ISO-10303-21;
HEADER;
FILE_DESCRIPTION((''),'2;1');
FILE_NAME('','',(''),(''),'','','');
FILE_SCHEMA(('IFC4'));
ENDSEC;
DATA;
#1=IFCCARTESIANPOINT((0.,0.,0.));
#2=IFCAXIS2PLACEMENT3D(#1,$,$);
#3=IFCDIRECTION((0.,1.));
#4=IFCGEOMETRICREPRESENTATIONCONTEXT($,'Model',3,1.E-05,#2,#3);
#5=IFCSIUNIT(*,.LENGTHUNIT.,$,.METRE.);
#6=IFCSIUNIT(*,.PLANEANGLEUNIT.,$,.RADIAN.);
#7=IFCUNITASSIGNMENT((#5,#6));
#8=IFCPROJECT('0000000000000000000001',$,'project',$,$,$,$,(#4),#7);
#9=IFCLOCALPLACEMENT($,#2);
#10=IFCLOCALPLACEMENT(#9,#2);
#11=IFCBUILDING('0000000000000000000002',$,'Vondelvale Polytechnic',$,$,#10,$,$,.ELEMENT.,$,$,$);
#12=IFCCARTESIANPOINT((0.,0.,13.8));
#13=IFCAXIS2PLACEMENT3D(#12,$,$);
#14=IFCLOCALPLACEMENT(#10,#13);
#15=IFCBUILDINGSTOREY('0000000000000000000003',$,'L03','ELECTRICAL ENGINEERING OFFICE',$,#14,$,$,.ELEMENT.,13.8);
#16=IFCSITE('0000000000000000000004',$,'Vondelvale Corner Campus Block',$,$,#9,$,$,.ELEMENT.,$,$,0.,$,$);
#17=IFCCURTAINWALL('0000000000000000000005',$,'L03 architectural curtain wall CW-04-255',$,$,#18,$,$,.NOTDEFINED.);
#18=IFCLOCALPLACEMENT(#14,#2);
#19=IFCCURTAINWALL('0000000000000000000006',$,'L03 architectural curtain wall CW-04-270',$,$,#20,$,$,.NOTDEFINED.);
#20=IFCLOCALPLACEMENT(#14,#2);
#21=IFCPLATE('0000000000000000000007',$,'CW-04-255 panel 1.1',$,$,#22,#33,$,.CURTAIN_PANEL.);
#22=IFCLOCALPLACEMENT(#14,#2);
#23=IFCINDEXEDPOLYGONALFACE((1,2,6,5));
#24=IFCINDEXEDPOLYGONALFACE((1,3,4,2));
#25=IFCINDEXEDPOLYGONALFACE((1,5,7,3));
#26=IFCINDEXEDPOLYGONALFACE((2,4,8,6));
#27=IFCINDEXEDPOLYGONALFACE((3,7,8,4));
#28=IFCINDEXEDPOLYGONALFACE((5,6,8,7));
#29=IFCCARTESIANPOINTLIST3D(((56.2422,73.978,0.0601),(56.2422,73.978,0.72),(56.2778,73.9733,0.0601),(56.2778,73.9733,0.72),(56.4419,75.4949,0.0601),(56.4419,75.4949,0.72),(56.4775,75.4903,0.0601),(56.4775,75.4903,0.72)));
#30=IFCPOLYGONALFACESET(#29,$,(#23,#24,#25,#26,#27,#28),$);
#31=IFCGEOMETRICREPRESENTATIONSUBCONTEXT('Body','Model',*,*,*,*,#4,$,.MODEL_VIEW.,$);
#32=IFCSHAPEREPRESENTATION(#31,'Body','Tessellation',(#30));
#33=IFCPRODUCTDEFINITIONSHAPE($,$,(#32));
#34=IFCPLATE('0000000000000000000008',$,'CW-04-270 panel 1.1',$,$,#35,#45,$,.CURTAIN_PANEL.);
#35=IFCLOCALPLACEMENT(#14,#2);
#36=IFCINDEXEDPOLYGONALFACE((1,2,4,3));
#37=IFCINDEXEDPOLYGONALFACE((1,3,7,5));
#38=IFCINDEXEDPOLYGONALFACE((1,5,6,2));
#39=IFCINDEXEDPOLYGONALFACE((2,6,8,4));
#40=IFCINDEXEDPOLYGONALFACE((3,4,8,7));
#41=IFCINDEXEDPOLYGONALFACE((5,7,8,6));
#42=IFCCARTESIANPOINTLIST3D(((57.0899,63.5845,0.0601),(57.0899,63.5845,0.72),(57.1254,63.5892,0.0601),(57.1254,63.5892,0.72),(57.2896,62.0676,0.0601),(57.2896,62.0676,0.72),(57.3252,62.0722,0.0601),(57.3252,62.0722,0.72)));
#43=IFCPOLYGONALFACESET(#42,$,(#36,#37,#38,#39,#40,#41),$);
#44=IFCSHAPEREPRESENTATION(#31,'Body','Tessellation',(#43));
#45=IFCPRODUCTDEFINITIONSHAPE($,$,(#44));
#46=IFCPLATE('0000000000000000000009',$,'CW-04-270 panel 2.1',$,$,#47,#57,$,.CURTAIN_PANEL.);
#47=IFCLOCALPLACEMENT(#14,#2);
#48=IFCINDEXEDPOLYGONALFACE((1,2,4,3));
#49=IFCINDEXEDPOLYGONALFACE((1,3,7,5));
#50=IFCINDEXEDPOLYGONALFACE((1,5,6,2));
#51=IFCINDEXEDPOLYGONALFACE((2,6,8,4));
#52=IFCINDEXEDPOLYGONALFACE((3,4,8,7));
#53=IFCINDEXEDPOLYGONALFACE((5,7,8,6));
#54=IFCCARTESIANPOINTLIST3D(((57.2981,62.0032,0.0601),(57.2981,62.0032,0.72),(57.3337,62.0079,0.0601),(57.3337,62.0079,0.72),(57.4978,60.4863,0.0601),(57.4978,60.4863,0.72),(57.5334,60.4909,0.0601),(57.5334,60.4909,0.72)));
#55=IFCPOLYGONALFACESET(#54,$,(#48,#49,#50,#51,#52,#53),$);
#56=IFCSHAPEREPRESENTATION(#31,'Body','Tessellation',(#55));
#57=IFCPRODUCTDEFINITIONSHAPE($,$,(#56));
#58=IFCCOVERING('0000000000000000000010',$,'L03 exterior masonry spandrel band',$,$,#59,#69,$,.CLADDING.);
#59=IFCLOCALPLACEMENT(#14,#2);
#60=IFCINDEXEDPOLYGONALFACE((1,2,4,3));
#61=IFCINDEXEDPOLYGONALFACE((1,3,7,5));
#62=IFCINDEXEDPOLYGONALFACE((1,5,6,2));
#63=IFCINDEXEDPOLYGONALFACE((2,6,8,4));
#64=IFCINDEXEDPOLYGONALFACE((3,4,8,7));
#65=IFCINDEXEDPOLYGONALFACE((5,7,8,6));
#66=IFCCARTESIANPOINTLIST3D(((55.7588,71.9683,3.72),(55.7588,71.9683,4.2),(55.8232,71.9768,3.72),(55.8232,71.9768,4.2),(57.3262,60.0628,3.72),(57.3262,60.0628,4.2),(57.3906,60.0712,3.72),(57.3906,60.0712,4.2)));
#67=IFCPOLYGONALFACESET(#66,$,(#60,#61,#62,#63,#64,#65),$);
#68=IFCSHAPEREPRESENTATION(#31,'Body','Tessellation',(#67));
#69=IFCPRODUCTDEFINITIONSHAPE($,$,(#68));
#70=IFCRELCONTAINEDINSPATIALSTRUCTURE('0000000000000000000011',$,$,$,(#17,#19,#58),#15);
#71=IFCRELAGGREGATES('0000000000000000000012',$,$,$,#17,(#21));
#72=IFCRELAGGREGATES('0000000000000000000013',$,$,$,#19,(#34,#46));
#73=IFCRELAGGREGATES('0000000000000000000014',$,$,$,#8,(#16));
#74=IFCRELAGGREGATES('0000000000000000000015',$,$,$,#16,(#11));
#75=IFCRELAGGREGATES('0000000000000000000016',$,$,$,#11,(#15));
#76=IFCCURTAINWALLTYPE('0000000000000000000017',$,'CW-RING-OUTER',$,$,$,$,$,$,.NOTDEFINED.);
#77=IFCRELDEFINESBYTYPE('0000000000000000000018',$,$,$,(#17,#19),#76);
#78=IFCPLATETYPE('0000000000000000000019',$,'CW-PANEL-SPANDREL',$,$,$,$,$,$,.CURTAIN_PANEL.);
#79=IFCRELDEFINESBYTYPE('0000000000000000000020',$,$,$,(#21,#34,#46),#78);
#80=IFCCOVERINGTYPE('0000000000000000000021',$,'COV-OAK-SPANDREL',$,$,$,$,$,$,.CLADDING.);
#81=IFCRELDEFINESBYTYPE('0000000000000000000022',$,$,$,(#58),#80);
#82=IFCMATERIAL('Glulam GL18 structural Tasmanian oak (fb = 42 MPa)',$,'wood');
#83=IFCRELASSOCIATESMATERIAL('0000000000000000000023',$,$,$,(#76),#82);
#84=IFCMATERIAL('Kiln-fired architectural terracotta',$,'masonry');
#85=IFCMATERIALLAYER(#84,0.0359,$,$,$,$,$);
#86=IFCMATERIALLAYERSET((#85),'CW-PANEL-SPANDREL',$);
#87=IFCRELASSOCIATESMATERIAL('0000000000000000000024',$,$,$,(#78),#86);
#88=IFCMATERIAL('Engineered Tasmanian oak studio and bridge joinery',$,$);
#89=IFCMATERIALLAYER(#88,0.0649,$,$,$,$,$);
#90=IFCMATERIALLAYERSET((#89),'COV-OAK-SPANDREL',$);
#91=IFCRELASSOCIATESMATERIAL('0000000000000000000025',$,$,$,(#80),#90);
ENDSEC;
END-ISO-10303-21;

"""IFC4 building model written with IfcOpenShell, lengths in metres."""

from ifc_helpers import new_model, si_unit, direction, frame, origin, origin_2d, place, context, subcontext, project, spatial, rectangle, extrude, material, layer, layer_set, type_object, element, aggregate, save


model = new_model("IFC4")

# Units and contexts
model_context = context("Model", 3, precision=1e-05, world=origin(), true_north=direction((0.0, 1.0)))
body_context = subcontext(model_context, "Body", "Model", "MODEL_VIEW")
ifc_project = project(units=[si_unit("LENGTHUNIT", "METRE"), si_unit("PLANEANGLEUNIT", "RADIAN")], contexts=[model_context])

# Site, building, storey
site_placement = place(None, origin())
site = spatial("IfcSite", under=ifc_project, at=site_placement, Name="Vondelvale Corner Campus Block", CompositionType="ELEMENT", RefElevation=0.0)
building_placement = place(site_placement, origin())
building = spatial("IfcBuilding", under=site, at=building_placement, Name="Vondelvale Polytechnic", CompositionType="ELEMENT")
storey_placement = place(building_placement, frame((0.0, 0.0, 13.8)))
storey = spatial("IfcBuildingStorey", under=building, at=storey_placement, Name="L03", Description="ELECTRICAL ENGINEERING OFFICE", CompositionType="ELEMENT", Elevation=13.8)

# Shared definitions
ifc_material_1 = material(Name="Glulam GL18 structural Tasmanian oak (fb = 42 MPa)", Category="wood")

# Curtain wall
curtain_wall_type = type_object("IfcCurtainWallType", Name="CW-RING-OUTER", PredefinedType="NOTDEFINED", material=ifc_material_1)
curtain_wall_1_placement = place(storey_placement, origin())
curtain_wall_1 = element("IfcCurtainWall", 1, at=curtain_wall_1_placement, inside=storey, type_object=curtain_wall_type, Name="L03 architectural curtain wall CW-04-255", PredefinedType="NOTDEFINED")

# Curtain wall
curtain_wall_2_placement = place(storey_placement, origin())
curtain_wall_2 = element("IfcCurtainWall", 2, at=curtain_wall_2_placement, inside=storey, type_object=curtain_wall_type, Name="L03 architectural curtain wall CW-04-270", PredefinedType="NOTDEFINED")

# Plates
ifc_material_2 = material(Name="Engineered Tasmanian oak studio and bridge joinery")
ifc_material_3 = material(Name="Kiln-fired architectural terracotta", Category="masonry")
ifc_layer_1 = layer(ifc_material_3, 0.0359)
ifc_layer_set_1 = layer_set([ifc_layer_1], Name="CW-PANEL-SPANDREL")
plate_type_1 = type_object("IfcPlateType", Name="CW-PANEL-SPANDREL", PredefinedType="CURTAIN_PANEL", material=ifc_layer_set_1)
plate_1_placement = place(storey_placement, frame((56.3599, 74.7341, 0.0601), z_axis=(0.0, 0.0, 1.0), x_axis=(-0.13054, -0.991443, 0.0)))
plate_1 = element("IfcPlate", 3, at=plate_1_placement, type_object=plate_type_1, Name="CW-04-255 panel 1.1", PredefinedType="CURTAIN_PANEL", context=body_context, shape_type="SweptSolid", body=[
    extrude(rectangle(XDim=1.53, YDim=0.0359, at=origin_2d()), origin(), (0.0, 0.0, 1.0), 0.6599),
])
aggregate(curtain_wall_1, [plate_1])
plate_2_placement = place(storey_placement, frame((57.2075, 62.8284, 0.0601), z_axis=(0.0, 0.0, 1.0), x_axis=(0.13054, -0.991443, 0.0)))
plate_2 = element("IfcPlate", 4, at=plate_2_placement, type_object=plate_type_1, Name="CW-04-270 panel 1.1", PredefinedType="CURTAIN_PANEL", context=body_context, shape_type="SweptSolid", body=[
    extrude(rectangle(XDim=1.53, YDim=0.0359, at=origin_2d()), origin(), (0.0, 0.0, 1.0), 0.6599),
])
plate_3_placement = place(storey_placement, frame((57.4158, 61.2471, 0.0601), z_axis=(0.0, 0.0, 1.0), x_axis=(0.13054, -0.991443, 0.0)))
plate_3 = element("IfcPlate", 5, at=plate_3_placement, type_object=plate_type_1, Name="CW-04-270 panel 2.1", PredefinedType="CURTAIN_PANEL", context=body_context, shape_type="SweptSolid", body=[
    extrude(rectangle(XDim=1.53, YDim=0.0359, at=origin_2d()), origin(), (0.0, 0.0, 1.0), 0.6599),
])
aggregate(curtain_wall_2, [plate_2, plate_3])

# Covering
ifc_layer_2 = layer(ifc_material_2, 0.0649)
ifc_layer_set_2 = layer_set([ifc_layer_2], Name="COV-OAK-SPANDREL")
covering_type = type_object("IfcCoveringType", Name="COV-OAK-SPANDREL", PredefinedType="CLADDING", material=ifc_layer_set_2)
covering_placement = place(storey_placement, frame((56.5747, 66.0198, 3.72), z_axis=(0.0, 0.0, 1.0), x_axis=(0.130526, -0.991445, 0.0)))
element("IfcCovering", 6, at=covering_placement, inside=storey, type_object=covering_type, Name="L03 exterior masonry spandrel band", PredefinedType="CLADDING", context=body_context, shape_type="SweptSolid", body=[
    extrude(rectangle(XDim=12.0083, YDim=0.0649, at=origin_2d()), origin(), (0.0, 0.0, 1.0), 0.48),
])

save(model, "model.ifc")
